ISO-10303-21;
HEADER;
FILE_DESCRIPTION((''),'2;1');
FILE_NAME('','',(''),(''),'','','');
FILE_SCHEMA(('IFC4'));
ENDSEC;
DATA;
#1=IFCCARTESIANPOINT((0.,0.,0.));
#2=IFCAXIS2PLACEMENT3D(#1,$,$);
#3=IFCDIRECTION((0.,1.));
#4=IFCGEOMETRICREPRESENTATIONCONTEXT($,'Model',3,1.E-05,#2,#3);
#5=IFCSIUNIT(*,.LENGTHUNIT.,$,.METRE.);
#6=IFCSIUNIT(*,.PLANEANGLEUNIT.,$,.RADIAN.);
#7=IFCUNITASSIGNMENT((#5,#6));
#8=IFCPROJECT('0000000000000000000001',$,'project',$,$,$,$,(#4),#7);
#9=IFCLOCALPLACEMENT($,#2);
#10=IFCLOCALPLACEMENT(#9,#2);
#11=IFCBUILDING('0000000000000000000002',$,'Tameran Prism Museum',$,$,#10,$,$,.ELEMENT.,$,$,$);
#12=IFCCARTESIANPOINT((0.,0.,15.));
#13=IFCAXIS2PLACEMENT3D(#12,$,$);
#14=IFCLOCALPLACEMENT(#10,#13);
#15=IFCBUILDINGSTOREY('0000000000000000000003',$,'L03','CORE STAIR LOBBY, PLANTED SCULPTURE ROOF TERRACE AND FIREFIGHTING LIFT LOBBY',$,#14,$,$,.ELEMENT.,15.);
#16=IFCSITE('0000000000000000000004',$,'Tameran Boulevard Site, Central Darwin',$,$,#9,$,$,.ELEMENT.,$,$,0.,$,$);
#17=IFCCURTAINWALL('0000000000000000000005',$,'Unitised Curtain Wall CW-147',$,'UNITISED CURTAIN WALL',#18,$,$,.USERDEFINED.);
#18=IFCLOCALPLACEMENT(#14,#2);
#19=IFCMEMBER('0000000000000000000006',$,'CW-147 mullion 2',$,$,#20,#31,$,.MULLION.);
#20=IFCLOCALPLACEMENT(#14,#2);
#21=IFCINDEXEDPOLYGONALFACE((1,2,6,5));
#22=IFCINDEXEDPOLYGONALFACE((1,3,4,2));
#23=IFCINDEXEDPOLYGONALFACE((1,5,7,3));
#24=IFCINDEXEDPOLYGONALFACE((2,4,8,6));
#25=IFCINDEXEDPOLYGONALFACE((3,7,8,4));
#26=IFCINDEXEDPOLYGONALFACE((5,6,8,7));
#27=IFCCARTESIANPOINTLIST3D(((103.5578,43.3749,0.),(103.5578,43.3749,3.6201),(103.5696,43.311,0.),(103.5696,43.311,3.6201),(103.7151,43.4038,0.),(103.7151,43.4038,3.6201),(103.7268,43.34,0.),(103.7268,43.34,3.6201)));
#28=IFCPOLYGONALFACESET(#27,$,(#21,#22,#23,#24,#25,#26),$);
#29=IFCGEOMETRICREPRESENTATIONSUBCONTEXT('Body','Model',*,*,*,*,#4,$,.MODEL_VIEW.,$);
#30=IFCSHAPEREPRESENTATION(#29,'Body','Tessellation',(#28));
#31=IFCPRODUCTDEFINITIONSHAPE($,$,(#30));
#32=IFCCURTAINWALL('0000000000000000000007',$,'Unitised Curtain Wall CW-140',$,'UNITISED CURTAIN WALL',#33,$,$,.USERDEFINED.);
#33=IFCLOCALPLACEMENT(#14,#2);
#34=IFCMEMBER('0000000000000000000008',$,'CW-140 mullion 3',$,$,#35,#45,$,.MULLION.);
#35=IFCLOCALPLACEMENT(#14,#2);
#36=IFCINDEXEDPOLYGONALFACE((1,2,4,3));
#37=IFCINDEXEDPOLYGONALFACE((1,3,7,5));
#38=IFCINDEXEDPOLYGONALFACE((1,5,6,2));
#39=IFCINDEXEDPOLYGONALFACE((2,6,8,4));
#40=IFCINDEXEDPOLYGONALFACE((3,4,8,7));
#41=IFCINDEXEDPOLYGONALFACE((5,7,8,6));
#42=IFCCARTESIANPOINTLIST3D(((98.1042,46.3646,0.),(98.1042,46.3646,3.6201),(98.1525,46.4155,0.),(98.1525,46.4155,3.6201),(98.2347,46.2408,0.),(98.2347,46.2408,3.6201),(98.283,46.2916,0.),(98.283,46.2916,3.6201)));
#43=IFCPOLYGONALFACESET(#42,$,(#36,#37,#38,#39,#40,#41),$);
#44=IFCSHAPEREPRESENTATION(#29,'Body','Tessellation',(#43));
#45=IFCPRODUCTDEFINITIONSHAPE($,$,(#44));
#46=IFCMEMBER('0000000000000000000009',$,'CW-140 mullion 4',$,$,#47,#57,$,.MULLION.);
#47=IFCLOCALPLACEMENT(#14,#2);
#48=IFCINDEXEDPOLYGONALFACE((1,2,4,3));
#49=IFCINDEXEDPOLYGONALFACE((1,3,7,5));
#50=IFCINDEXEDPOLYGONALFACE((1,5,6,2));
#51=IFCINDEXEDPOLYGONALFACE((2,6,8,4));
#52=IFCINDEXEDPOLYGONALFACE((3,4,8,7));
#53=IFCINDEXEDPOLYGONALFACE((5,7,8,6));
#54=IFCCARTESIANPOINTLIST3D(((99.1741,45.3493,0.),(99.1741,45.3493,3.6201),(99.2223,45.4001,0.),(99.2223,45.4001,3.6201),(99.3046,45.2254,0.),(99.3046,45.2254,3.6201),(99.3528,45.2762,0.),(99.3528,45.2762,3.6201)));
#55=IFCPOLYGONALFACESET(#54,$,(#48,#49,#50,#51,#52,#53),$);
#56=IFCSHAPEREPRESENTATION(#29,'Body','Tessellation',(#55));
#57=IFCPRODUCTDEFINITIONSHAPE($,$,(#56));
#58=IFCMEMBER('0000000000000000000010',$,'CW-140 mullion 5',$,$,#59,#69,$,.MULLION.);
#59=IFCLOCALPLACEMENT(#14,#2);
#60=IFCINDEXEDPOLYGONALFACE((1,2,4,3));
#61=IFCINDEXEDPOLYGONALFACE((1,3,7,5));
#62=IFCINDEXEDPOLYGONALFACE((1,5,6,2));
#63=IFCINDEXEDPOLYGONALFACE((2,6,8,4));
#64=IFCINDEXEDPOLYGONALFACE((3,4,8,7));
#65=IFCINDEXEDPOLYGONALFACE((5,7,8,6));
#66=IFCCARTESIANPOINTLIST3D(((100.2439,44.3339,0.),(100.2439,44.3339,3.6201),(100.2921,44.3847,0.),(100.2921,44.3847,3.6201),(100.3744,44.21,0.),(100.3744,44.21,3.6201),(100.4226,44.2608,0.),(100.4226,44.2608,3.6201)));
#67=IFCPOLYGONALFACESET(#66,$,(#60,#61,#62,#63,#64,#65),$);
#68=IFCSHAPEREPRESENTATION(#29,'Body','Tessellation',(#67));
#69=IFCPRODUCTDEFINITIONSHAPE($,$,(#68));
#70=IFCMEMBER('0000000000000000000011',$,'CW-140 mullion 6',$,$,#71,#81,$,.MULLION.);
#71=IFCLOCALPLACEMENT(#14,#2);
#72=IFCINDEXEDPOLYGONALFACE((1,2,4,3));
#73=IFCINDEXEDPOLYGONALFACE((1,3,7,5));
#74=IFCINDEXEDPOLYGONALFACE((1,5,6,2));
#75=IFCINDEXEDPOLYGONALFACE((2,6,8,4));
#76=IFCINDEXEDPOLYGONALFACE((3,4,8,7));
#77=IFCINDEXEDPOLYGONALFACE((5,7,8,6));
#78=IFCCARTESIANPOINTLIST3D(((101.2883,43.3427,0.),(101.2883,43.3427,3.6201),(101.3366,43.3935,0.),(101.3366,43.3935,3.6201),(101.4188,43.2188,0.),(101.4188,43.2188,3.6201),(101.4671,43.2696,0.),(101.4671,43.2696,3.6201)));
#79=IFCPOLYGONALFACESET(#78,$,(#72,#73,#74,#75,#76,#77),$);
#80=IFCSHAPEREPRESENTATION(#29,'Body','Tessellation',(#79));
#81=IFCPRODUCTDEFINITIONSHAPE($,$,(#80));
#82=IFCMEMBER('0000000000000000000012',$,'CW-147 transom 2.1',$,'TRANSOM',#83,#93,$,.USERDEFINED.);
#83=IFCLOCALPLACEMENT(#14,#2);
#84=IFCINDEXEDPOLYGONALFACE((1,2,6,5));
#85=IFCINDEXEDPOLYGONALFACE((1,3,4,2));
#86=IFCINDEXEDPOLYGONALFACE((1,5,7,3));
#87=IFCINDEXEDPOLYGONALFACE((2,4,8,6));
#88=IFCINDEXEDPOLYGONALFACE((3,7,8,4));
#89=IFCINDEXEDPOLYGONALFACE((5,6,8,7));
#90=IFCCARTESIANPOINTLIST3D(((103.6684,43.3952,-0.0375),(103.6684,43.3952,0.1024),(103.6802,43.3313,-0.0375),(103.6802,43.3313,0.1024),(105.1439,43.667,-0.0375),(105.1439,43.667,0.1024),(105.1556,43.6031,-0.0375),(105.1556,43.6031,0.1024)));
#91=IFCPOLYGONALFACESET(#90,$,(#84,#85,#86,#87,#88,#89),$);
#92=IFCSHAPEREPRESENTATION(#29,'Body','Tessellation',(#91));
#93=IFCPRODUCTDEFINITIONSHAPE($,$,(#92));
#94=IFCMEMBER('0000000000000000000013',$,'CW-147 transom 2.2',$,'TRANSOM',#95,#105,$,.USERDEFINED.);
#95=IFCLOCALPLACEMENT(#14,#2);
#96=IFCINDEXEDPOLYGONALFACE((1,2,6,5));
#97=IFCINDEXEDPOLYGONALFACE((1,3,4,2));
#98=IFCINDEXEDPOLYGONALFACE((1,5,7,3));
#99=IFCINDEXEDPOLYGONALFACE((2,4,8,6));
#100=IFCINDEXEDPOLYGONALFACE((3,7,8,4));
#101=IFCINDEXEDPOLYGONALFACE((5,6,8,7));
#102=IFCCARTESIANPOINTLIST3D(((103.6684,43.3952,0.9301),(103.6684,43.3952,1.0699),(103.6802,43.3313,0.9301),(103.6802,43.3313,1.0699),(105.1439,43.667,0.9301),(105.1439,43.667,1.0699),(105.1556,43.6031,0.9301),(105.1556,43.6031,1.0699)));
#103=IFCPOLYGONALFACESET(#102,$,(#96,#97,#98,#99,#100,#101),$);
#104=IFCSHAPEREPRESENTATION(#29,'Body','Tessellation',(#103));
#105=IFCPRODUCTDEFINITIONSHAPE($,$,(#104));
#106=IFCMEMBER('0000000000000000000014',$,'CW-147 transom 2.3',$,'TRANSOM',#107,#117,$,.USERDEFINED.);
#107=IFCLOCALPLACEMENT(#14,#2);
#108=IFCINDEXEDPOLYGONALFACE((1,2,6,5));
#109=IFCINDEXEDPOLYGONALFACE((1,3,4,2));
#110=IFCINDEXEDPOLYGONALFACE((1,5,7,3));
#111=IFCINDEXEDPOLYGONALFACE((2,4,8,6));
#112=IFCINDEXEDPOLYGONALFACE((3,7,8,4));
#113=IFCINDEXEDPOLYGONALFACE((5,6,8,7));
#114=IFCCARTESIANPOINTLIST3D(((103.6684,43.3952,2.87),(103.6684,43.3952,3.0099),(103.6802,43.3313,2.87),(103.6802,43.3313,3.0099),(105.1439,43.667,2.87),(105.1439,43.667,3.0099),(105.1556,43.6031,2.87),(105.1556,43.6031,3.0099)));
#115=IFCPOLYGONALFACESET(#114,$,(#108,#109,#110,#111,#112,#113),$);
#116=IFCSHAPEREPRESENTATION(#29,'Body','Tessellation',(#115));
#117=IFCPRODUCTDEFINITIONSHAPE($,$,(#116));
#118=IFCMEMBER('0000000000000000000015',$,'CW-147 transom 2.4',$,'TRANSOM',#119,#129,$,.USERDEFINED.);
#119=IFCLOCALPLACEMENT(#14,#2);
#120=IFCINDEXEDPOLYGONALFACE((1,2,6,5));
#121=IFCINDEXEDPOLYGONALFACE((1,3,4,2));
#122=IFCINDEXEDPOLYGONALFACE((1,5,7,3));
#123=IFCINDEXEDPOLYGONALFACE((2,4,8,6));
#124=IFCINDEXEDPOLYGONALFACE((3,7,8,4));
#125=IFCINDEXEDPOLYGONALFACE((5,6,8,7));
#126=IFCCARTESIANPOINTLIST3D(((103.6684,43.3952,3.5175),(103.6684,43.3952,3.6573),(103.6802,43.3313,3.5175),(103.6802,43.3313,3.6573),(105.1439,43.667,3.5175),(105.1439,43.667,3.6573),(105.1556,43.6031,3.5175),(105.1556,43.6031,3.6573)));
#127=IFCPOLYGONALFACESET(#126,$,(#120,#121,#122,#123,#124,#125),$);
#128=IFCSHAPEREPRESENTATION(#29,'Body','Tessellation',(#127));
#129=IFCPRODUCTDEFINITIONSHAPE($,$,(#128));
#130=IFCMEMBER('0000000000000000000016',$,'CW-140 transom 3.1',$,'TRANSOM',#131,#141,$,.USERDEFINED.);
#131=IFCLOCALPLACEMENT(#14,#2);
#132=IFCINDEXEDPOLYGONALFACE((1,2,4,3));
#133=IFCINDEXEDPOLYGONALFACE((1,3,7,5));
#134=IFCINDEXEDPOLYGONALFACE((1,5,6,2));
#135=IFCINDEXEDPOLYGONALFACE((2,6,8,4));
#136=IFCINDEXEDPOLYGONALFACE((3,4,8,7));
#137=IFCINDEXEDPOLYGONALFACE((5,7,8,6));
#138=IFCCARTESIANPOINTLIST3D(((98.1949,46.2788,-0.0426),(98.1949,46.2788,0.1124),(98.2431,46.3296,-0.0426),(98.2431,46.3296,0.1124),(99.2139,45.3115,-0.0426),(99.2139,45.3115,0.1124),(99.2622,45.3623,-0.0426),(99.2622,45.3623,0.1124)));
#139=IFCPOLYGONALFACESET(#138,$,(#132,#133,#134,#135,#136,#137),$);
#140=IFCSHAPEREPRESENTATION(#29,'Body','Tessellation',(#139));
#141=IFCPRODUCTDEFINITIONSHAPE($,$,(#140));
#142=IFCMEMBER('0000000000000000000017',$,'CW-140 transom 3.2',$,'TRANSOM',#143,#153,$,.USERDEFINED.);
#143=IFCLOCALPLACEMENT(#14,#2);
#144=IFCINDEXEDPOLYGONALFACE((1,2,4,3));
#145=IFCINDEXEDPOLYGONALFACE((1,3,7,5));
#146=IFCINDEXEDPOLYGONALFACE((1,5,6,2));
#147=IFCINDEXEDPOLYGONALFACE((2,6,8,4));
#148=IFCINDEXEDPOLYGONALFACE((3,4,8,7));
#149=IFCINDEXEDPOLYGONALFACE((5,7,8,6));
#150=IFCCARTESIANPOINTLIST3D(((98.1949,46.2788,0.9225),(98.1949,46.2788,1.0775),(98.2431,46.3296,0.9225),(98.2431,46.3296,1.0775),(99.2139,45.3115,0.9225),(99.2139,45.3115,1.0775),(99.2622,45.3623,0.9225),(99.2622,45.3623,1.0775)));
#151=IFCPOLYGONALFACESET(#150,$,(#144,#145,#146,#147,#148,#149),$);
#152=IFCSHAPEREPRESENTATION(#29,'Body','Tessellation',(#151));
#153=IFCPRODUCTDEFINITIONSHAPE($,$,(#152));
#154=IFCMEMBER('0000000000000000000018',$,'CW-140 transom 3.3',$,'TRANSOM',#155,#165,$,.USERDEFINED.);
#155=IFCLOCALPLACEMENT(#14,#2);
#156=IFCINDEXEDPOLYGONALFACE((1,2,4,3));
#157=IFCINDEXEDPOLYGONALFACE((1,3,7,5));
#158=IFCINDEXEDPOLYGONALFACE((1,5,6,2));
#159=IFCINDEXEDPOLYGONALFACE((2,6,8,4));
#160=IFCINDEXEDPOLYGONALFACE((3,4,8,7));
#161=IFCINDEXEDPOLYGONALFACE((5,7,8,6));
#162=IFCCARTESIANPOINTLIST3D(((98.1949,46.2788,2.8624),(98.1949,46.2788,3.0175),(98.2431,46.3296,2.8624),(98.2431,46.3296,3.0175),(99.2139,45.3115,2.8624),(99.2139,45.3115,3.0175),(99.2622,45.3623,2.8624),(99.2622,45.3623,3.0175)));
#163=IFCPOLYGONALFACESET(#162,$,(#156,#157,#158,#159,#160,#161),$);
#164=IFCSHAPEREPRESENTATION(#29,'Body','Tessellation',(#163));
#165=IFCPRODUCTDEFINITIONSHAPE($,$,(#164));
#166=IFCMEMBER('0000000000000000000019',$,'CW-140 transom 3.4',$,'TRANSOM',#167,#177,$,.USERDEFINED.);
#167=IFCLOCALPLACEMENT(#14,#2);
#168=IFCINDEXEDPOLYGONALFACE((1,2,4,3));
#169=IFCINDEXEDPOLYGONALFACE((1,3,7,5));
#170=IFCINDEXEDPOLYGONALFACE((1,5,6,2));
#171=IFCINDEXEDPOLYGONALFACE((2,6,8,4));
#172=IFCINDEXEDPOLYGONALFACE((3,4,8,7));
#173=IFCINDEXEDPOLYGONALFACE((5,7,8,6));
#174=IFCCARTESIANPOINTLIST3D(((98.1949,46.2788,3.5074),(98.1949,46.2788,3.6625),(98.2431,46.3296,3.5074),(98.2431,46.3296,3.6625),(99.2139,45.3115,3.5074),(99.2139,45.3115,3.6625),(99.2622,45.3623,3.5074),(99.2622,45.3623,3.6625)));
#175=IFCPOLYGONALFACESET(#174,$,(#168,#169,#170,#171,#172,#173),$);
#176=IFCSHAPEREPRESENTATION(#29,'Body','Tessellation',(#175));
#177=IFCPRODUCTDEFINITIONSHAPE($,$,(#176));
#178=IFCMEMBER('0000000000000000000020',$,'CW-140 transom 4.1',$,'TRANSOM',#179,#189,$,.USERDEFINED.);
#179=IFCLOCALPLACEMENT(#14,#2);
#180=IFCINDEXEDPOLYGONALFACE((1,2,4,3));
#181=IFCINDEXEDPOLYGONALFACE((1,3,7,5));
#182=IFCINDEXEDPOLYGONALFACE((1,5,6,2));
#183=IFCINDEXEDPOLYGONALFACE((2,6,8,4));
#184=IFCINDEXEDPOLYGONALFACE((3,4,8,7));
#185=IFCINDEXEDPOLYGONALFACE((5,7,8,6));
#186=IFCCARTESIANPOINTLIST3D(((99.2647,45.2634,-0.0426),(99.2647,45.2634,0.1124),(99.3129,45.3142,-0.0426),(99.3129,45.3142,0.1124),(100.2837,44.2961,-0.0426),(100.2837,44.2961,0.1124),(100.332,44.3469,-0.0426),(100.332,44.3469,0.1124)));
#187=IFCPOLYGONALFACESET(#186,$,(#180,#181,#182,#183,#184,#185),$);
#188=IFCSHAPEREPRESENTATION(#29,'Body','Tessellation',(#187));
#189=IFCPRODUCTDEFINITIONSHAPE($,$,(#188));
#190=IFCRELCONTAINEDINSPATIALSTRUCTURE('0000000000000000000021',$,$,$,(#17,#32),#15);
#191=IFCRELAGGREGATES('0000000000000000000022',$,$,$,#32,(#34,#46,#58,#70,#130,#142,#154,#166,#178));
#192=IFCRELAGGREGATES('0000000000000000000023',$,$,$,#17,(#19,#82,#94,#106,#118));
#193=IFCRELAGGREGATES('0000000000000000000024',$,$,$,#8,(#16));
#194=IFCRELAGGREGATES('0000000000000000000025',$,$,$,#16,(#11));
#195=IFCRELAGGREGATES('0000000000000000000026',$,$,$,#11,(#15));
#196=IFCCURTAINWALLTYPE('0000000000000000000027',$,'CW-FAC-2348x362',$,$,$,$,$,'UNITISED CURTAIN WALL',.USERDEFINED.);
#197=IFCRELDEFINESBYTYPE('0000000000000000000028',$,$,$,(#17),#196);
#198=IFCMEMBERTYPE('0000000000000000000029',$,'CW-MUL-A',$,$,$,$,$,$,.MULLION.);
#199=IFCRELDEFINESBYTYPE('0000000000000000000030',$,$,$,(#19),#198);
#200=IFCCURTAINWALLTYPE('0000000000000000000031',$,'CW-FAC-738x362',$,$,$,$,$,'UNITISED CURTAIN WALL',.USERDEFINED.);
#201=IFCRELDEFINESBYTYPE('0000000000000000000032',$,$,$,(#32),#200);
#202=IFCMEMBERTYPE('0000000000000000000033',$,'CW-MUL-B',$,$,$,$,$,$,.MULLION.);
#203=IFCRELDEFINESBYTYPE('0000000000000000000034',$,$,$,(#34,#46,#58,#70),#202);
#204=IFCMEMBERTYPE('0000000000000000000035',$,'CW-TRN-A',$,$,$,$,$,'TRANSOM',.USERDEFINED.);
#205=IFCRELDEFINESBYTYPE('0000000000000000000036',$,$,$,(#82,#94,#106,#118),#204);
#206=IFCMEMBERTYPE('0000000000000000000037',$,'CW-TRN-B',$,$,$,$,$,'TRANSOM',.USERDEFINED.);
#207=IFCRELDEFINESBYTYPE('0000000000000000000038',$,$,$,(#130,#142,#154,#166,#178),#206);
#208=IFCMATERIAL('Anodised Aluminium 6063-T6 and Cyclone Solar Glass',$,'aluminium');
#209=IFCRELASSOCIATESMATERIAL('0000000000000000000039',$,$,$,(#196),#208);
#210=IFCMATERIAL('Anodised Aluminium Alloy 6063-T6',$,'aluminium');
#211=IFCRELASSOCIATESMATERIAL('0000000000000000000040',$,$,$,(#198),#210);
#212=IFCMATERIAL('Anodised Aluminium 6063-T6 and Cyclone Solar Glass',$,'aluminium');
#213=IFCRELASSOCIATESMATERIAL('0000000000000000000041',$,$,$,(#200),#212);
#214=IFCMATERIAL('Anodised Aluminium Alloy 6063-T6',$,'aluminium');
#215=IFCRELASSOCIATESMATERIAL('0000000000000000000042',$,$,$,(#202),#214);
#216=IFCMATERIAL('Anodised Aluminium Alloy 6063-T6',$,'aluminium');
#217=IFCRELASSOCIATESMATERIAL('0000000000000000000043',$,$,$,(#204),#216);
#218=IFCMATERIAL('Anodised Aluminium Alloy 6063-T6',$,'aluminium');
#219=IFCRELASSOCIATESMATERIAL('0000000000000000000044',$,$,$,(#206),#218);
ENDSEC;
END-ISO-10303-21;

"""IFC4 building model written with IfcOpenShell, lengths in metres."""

from ifc_helpers import new_model, si_unit, direction, frame, origin, origin_2d, place, context, subcontext, project, spatial, rectangle, extrude, material, material_profile, profile_set, type_object, element, aggregate, save


model = new_model("IFC4")

# Units and contexts
model_context = context("Model", 3, precision=1e-05, world=origin(), true_north=direction((0.0, 1.0)))
body_context = subcontext(model_context, "Body", "Model", "MODEL_VIEW")
ifc_project = project(units=[si_unit("LENGTHUNIT", "METRE"), si_unit("PLANEANGLEUNIT", "RADIAN")], contexts=[model_context])

# Site, building, storey
site_placement = place(None, origin())
site = spatial("IfcSite", under=ifc_project, at=site_placement, Name="Tameran Boulevard Site, Central Darwin", CompositionType="ELEMENT", RefElevation=0.0)
building_placement = place(site_placement, origin())
building = spatial("IfcBuilding", under=site, at=building_placement, Name="Tameran Prism Museum", CompositionType="ELEMENT")
storey_placement = place(building_placement, frame((0.0, 0.0, 15.0)))
storey = spatial("IfcBuildingStorey", under=building, at=storey_placement, Name="L03", Description="CORE STAIR LOBBY, PLANTED SCULPTURE ROOF TERRACE AND FIREFIGHTING LIFT LOBBY", CompositionType="ELEMENT", Elevation=15.0)

# Curtain wall, member
ifc_material_1 = material(Name="Anodised Aluminium 6063-T6 and Cyclone Solar Glass", Category="aluminium")
curtain_wall_type_1 = type_object("IfcCurtainWallType", Name="CW-FAC-2348x362", ElementType="UNITISED CURTAIN WALL", PredefinedType="USERDEFINED", material=ifc_material_1)
curtain_wall_1_placement = place(storey_placement, origin())
curtain_wall_1 = element("IfcCurtainWall", 1, at=curtain_wall_1_placement, inside=storey, type_object=curtain_wall_type_1, Name="Unitised Curtain Wall CW-147", ObjectType="UNITISED CURTAIN WALL", PredefinedType="USERDEFINED")
ifc_material_2 = material(Name="Anodised Aluminium Alloy 6063-T6", Category="aluminium")
ifc_material_profile_1 = material_profile(ifc_material_2, rectangle(XDim=0.0649, YDim=0.1599, at=origin_2d()))
ifc_profile_set_1 = profile_set([ifc_material_profile_1])
member_type_1 = type_object("IfcMemberType", Name="CW-MUL-A", PredefinedType="MULLION", material=ifc_profile_set_1)
member_1_placement = place(storey_placement, frame((103.6423, 43.3574, 0.0), z_axis=(0.0, 0.0, 1.0), x_axis=(-0.181063, 0.983472, 0.0)))
member_1 = element("IfcMember", 2, at=member_1_placement, type_object=member_type_1, Name="CW-147 mullion 2", PredefinedType="MULLION", context=body_context, shape_type="SweptSolid", body=[
    extrude(rectangle(XDim=0.0649, YDim=0.1599, at=origin_2d()), origin(), (0.0, 0.0, 1.0), 3.6201),
])

# Curtain wall, members
ifc_material_3 = material(Name="Anodised Aluminium 6063-T6 and Cyclone Solar Glass", Category="aluminium")
curtain_wall_type_2 = type_object("IfcCurtainWallType", Name="CW-FAC-738x362", ElementType="UNITISED CURTAIN WALL", PredefinedType="USERDEFINED", material=ifc_material_3)
curtain_wall_2_placement = place(storey_placement, origin())
curtain_wall_2 = element("IfcCurtainWall", 3, at=curtain_wall_2_placement, inside=storey, type_object=curtain_wall_type_2, Name="Unitised Curtain Wall CW-140", ObjectType="UNITISED CURTAIN WALL", PredefinedType="USERDEFINED")
ifc_material_4 = material(Name="Anodised Aluminium Alloy 6063-T6", Category="aluminium")
ifc_material_profile_2 = material_profile(ifc_material_4, rectangle(XDim=0.0701, YDim=0.1799, at=origin_2d()))
ifc_profile_set_2 = profile_set([ifc_material_profile_2])
member_type_2 = type_object("IfcMemberType", Name="CW-MUL-B", PredefinedType="MULLION", material=ifc_profile_set_2)
member_2_placement = place(storey_placement, frame((98.1936, 46.3281, 0.0), z_axis=(0.0, 0.0, 1.0), x_axis=(0.688425, 0.725307, 0.0)))
member_2 = element("IfcMember", 4, at=member_2_placement, type_object=member_type_2, Name="CW-140 mullion 3", PredefinedType="MULLION", context=body_context, shape_type="SweptSolid", body=[
    extrude(rectangle(XDim=0.0701, YDim=0.1799, at=origin_2d()), origin(), (0.0, 0.0, 1.0), 3.6201),
])
member_3_placement = place(storey_placement, frame((99.2634, 45.3127, 0.0), z_axis=(0.0, 0.0, 1.0), x_axis=(0.688425, 0.725307, 0.0)))
member_3 = element("IfcMember", 5, at=member_3_placement, type_object=member_type_2, Name="CW-140 mullion 4", PredefinedType="MULLION", context=body_context, shape_type="SweptSolid", body=[
    extrude(rectangle(XDim=0.0701, YDim=0.1799, at=origin_2d()), origin(), (0.0, 0.0, 1.0), 3.6201),
])
member_4_placement = place(storey_placement, frame((100.3333, 44.2974, 0.0), z_axis=(0.0, 0.0, 1.0), x_axis=(0.688425, 0.725307, 0.0)))
member_4 = element("IfcMember", 6, at=member_4_placement, type_object=member_type_2, Name="CW-140 mullion 5", PredefinedType="MULLION", context=body_context, shape_type="SweptSolid", body=[
    extrude(rectangle(XDim=0.0701, YDim=0.1799, at=origin_2d()), origin(), (0.0, 0.0, 1.0), 3.6201),
])
member_5_placement = place(storey_placement, frame((101.3777, 43.3062, 0.0), z_axis=(0.0, 0.0, 1.0), x_axis=(0.688425, 0.725307, 0.0)))
member_5 = element("IfcMember", 7, at=member_5_placement, type_object=member_type_2, Name="CW-140 mullion 6", PredefinedType="MULLION", context=body_context, shape_type="SweptSolid", body=[
    extrude(rectangle(XDim=0.0701, YDim=0.1799, at=origin_2d()), origin(), (0.0, 0.0, 1.0), 3.6201),
])

# Members
ifc_material_5 = material(Name="Anodised Aluminium Alloy 6063-T6", Category="aluminium")
ifc_material_profile_3 = material_profile(ifc_material_5, rectangle(XDim=0.0649, YDim=0.1399, at=origin_2d()))
ifc_profile_set_3 = profile_set([ifc_material_profile_3])
member_type_3 = type_object("IfcMemberType", Name="CW-TRN-A", ElementType="TRANSOM", PredefinedType="USERDEFINED", material=ifc_profile_set_3)
member_6_placement = place(storey_placement, frame((103.6743, 43.3633, 0.0325), z_axis=(0.983459, 0.181133, 0.0), x_axis=(-0.181133, 0.983459, 0.0)))
member_6 = element("IfcMember", 8, at=member_6_placement, type_object=member_type_3, Name="CW-147 transom 2.1", ObjectType="TRANSOM", PredefinedType="USERDEFINED", context=body_context, shape_type="SweptSolid", body=[
    extrude(rectangle(XDim=0.0649, YDim=0.1399, at=origin_2d()), origin(), (0.0, 0.0, 1.0), 1.5002),
])
member_7_placement = place(storey_placement, frame((103.6743, 43.3633, 1.0), z_axis=(0.983459, 0.181133, 0.0), x_axis=(-0.181133, 0.983459, 0.0)))
member_7 = element("IfcMember", 9, at=member_7_placement, type_object=member_type_3, Name="CW-147 transom 2.2", ObjectType="TRANSOM", PredefinedType="USERDEFINED", context=body_context, shape_type="SweptSolid", body=[
    extrude(rectangle(XDim=0.0649, YDim=0.1399, at=origin_2d()), origin(), (0.0, 0.0, 1.0), 1.5002),
])
member_8_placement = place(storey_placement, frame((103.6743, 43.3633, 2.9399), z_axis=(0.983459, 0.181133, 0.0), x_axis=(-0.181133, 0.983459, 0.0)))
member_8 = element("IfcMember", 10, at=member_8_placement, type_object=member_type_3, Name="CW-147 transom 2.3", ObjectType="TRANSOM", PredefinedType="USERDEFINED", context=body_context, shape_type="SweptSolid", body=[
    extrude(rectangle(XDim=0.0649, YDim=0.1399, at=origin_2d()), origin(), (0.0, 0.0, 1.0), 1.5002),
])
member_9_placement = place(storey_placement, frame((103.6743, 43.3633, 3.5874), z_axis=(0.983459, 0.181133, 0.0), x_axis=(-0.181133, 0.983459, 0.0)))
member_9 = element("IfcMember", 11, at=member_9_placement, type_object=member_type_3, Name="CW-147 transom 2.4", ObjectType="TRANSOM", PredefinedType="USERDEFINED", context=body_context, shape_type="SweptSolid", body=[
    extrude(rectangle(XDim=0.0649, YDim=0.1399, at=origin_2d()), origin(), (0.0, 0.0, 1.0), 1.5002),
])
ifc_material_6 = material(Name="Anodised Aluminium Alloy 6063-T6", Category="aluminium")
ifc_material_profile_4 = material_profile(ifc_material_6, rectangle(XDim=0.0701, YDim=0.155, at=origin_2d()))
ifc_profile_set_4 = profile_set([ifc_material_profile_4])
member_type_4 = type_object("IfcMemberType", Name="CW-TRN-B", ElementType="TRANSOM", PredefinedType="USERDEFINED", material=ifc_profile_set_4)
member_10_placement = place(storey_placement, frame((98.219, 46.3042, 0.0349), z_axis=(0.725286, -0.688448, 0.0), x_axis=(0.688448, 0.725286, 0.0)))
member_10 = element("IfcMember", 12, at=member_10_placement, type_object=member_type_4, Name="CW-140 transom 3.1", ObjectType="TRANSOM", PredefinedType="USERDEFINED", context=body_context, shape_type="SweptSolid", body=[
    extrude(rectangle(XDim=0.0701, YDim=0.155, at=origin_2d()), origin(), (0.0, 0.0, 1.0), 1.405),
])
member_11_placement = place(storey_placement, frame((98.219, 46.3042, 1.0), z_axis=(0.725286, -0.688448, 0.0), x_axis=(0.688448, 0.725286, 0.0)))
member_11 = element("IfcMember", 13, at=member_11_placement, type_object=member_type_4, Name="CW-140 transom 3.2", ObjectType="TRANSOM", PredefinedType="USERDEFINED", context=body_context, shape_type="SweptSolid", body=[
    extrude(rectangle(XDim=0.0701, YDim=0.155, at=origin_2d()), origin(), (0.0, 0.0, 1.0), 1.405),
])
member_12_placement = place(storey_placement, frame((98.219, 46.3042, 2.9399), z_axis=(0.725286, -0.688448, 0.0), x_axis=(0.688448, 0.725286, 0.0)))
member_12 = element("IfcMember", 14, at=member_12_placement, type_object=member_type_4, Name="CW-140 transom 3.3", ObjectType="TRANSOM", PredefinedType="USERDEFINED", context=body_context, shape_type="SweptSolid", body=[
    extrude(rectangle(XDim=0.0701, YDim=0.155, at=origin_2d()), origin(), (0.0, 0.0, 1.0), 1.405),
])
member_13_placement = place(storey_placement, frame((98.219, 46.3042, 3.585), z_axis=(0.725286, -0.688448, 0.0), x_axis=(0.688448, 0.725286, 0.0)))
member_13 = element("IfcMember", 15, at=member_13_placement, type_object=member_type_4, Name="CW-140 transom 3.4", ObjectType="TRANSOM", PredefinedType="USERDEFINED", context=body_context, shape_type="SweptSolid", body=[
    extrude(rectangle(XDim=0.0701, YDim=0.155, at=origin_2d()), origin(), (0.0, 0.0, 1.0), 1.405),
])
member_14_placement = place(storey_placement, frame((99.2888, 45.2888, 0.0349), z_axis=(0.725286, -0.688448, 0.0), x_axis=(0.688448, 0.725286, 0.0)))
member_14 = element("IfcMember", 16, at=member_14_placement, type_object=member_type_4, Name="CW-140 transom 4.1", ObjectType="TRANSOM", PredefinedType="USERDEFINED", context=body_context, shape_type="SweptSolid", body=[
    extrude(rectangle(XDim=0.0701, YDim=0.155, at=origin_2d()), origin(), (0.0, 0.0, 1.0), 1.405),
])

aggregate(curtain_wall_2, [member_2, member_3, member_4, member_5, member_10, member_11, member_12, member_13, member_14])
aggregate(curtain_wall_1, [member_1, member_6, member_7, member_8, member_9])

save(model, "model.ifc")
